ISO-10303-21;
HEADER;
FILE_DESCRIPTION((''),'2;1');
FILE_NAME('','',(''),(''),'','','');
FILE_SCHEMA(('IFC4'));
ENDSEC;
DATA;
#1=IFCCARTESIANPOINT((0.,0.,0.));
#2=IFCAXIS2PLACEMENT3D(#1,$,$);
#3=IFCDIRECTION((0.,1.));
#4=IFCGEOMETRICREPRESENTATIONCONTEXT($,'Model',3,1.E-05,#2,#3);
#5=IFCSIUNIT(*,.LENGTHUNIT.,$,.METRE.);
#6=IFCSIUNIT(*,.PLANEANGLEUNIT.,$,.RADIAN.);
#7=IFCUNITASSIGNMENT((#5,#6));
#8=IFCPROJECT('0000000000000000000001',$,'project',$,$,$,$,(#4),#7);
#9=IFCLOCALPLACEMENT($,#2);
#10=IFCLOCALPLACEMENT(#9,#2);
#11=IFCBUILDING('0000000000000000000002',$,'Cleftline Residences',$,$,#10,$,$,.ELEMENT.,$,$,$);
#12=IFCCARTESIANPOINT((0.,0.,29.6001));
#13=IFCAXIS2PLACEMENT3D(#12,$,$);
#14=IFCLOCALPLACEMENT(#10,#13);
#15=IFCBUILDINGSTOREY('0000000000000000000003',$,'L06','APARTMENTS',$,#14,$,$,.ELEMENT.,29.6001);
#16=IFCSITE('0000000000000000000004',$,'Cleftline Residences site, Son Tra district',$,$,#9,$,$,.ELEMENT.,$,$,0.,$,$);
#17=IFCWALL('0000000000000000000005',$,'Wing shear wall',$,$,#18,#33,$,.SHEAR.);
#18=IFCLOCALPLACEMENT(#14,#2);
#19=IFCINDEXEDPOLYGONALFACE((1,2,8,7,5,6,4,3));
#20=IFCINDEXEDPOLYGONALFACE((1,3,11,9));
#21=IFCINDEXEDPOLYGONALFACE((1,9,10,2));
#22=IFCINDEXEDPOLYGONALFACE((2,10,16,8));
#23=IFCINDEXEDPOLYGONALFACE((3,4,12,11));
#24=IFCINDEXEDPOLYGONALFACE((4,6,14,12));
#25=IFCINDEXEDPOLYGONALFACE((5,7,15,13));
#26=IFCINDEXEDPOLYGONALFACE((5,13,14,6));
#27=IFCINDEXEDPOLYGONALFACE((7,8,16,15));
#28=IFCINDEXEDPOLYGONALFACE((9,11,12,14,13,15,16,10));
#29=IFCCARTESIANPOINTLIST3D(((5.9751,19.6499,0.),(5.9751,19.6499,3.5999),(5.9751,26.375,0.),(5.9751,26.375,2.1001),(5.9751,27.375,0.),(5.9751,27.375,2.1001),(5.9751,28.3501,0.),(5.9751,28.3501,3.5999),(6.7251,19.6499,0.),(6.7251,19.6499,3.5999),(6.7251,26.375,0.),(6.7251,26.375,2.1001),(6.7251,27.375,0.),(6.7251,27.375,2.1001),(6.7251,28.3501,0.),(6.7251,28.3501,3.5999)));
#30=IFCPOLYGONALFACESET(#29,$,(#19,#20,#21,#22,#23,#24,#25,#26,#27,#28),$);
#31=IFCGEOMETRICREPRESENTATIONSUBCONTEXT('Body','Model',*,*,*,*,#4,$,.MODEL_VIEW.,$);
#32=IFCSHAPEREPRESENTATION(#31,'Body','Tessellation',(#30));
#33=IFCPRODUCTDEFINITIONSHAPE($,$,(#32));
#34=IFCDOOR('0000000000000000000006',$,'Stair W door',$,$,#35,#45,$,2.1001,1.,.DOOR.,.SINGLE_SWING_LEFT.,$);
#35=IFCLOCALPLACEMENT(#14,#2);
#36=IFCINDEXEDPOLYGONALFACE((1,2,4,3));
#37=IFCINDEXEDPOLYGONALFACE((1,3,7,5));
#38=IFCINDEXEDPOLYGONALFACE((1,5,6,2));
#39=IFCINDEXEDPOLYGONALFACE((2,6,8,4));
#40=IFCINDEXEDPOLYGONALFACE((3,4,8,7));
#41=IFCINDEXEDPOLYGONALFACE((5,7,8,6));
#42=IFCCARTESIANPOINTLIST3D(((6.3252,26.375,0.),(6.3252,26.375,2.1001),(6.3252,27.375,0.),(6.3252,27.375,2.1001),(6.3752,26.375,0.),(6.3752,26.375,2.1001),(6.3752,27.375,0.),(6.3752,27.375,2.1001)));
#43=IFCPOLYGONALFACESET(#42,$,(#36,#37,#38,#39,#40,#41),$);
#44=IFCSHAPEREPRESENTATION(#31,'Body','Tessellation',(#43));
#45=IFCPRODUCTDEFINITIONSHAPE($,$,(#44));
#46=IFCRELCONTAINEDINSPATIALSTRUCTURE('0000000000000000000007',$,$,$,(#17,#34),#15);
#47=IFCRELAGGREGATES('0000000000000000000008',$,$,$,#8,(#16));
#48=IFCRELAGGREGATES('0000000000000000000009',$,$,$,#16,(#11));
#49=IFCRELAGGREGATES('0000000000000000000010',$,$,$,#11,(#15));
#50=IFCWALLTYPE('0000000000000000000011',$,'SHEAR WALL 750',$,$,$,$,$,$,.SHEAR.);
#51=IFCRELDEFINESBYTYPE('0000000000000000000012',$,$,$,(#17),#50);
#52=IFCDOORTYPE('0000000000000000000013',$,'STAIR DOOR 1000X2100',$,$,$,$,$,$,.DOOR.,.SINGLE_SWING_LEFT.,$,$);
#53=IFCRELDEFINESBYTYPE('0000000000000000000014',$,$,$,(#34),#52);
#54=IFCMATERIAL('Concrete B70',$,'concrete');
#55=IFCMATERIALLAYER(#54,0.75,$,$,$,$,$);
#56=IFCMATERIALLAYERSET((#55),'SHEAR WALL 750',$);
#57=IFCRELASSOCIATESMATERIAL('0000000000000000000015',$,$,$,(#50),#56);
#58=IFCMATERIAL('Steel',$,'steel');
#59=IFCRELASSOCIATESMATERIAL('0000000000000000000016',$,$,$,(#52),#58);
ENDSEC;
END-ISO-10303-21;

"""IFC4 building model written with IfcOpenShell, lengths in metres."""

from ifc_helpers import new_model, si_unit, direction, frame, frame_2d, origin, place, context, subcontext, project, spatial, rectangle, extrude, material, layer, layer_set, type_object, element, fill, save


model = new_model("IFC4")

# Units and contexts
model_context = context("Model", 3, precision=1e-05, world=origin(), true_north=direction((0.0, 1.0)))
body_context = subcontext(model_context, "Body", "Model", "MODEL_VIEW")
ifc_project = project(units=[si_unit("LENGTHUNIT", "METRE"), si_unit("PLANEANGLEUNIT", "RADIAN")], contexts=[model_context])

# Site, building, storey
site_placement = place(None, origin())
site = spatial("IfcSite", under=ifc_project, at=site_placement, Name="Cleftline Residences site, Son Tra district", CompositionType="ELEMENT", RefElevation=0.0)
building_placement = place(site_placement, origin())
building = spatial("IfcBuilding", under=site, at=building_placement, Name="Cleftline Residences", CompositionType="ELEMENT")
storey_placement = place(building_placement, frame((0.0, 0.0, 29.6001)))
storey = spatial("IfcBuildingStorey", under=building, at=storey_placement, Name="L06", Description="APARTMENTS", CompositionType="ELEMENT", Elevation=29.6001)

# Shared definitions
ifc_material_1 = material(Name="Concrete B70", Category="concrete")
ifc_layer_1 = layer(ifc_material_1, 0.75)
ifc_layer_set_1 = layer_set([ifc_layer_1], Name="SHEAR WALL 750")
wall_type_1 = type_object("IfcWallType", Name="SHEAR WALL 750", PredefinedType="SHEAR", material=ifc_layer_set_1)

# Wall, opening, door
wall_1_placement = place(storey_placement, frame((6.3501, 19.6499, 0.0), z_axis=(0.0, 0.0, 1.0), x_axis=(0.0, 1.0, 0.0)))
wall_1 = element("IfcWall", 1, at=wall_1_placement, inside=storey, type_object=wall_type_1, Name="Wing shear wall", PredefinedType="SHEAR", context=body_context, shape_type="SweptSolid", body=[
    extrude(rectangle(XDim=8.7002, YDim=0.75, at=frame_2d((4.3501, 0.0))), origin(), (0.0, 0.0, 1.0), 3.5999),
])
opening_1_placement = place(wall_1_placement, frame((6.7251, 0.0, 0.0)))
opening_1 = element("IfcOpeningElement", 2, at=opening_1_placement, cuts=wall_1, PredefinedType="OPENING", context=body_context, shape_type="SweptSolid", body=[
    extrude(rectangle(XDim=1.0, YDim=2.1001, at=frame_2d((0.5, 1.05))), frame((0.0, 0.385, 0.0), z_axis=(0.0, -1.0, 0.0), x_axis=(1.0, 0.0, 0.0)), (0.0, 0.0, 1.0), 0.77),
])
ifc_material_2 = material(Name="Steel", Category="steel")
door_type_1 = type_object("IfcDoorType", Name="STAIR DOOR 1000X2100", OperationType="SINGLE_SWING_LEFT", PredefinedType="DOOR", material=ifc_material_2)
door_1_placement = place(opening_1_placement, origin())
door_1 = element("IfcDoor", 3, at=door_1_placement, inside=storey, type_object=door_type_1, Name="Stair W door", OperationType="SINGLE_SWING_LEFT", OverallHeight=2.1001, OverallWidth=1.0, PredefinedType="DOOR", context=body_context, shape_type="SweptSolid", body=[
    extrude(rectangle(XDim=1.0, YDim=2.1001, at=frame_2d((0.5, 1.05))), frame((0.0, 0.0249, 0.0), z_axis=(0.0, -1.0, 0.0), x_axis=(1.0, 0.0, 0.0)), (0.0, 0.0, 1.0), 0.05),
])
fill(opening_1, door_1)

save(model, "model.ifc")
